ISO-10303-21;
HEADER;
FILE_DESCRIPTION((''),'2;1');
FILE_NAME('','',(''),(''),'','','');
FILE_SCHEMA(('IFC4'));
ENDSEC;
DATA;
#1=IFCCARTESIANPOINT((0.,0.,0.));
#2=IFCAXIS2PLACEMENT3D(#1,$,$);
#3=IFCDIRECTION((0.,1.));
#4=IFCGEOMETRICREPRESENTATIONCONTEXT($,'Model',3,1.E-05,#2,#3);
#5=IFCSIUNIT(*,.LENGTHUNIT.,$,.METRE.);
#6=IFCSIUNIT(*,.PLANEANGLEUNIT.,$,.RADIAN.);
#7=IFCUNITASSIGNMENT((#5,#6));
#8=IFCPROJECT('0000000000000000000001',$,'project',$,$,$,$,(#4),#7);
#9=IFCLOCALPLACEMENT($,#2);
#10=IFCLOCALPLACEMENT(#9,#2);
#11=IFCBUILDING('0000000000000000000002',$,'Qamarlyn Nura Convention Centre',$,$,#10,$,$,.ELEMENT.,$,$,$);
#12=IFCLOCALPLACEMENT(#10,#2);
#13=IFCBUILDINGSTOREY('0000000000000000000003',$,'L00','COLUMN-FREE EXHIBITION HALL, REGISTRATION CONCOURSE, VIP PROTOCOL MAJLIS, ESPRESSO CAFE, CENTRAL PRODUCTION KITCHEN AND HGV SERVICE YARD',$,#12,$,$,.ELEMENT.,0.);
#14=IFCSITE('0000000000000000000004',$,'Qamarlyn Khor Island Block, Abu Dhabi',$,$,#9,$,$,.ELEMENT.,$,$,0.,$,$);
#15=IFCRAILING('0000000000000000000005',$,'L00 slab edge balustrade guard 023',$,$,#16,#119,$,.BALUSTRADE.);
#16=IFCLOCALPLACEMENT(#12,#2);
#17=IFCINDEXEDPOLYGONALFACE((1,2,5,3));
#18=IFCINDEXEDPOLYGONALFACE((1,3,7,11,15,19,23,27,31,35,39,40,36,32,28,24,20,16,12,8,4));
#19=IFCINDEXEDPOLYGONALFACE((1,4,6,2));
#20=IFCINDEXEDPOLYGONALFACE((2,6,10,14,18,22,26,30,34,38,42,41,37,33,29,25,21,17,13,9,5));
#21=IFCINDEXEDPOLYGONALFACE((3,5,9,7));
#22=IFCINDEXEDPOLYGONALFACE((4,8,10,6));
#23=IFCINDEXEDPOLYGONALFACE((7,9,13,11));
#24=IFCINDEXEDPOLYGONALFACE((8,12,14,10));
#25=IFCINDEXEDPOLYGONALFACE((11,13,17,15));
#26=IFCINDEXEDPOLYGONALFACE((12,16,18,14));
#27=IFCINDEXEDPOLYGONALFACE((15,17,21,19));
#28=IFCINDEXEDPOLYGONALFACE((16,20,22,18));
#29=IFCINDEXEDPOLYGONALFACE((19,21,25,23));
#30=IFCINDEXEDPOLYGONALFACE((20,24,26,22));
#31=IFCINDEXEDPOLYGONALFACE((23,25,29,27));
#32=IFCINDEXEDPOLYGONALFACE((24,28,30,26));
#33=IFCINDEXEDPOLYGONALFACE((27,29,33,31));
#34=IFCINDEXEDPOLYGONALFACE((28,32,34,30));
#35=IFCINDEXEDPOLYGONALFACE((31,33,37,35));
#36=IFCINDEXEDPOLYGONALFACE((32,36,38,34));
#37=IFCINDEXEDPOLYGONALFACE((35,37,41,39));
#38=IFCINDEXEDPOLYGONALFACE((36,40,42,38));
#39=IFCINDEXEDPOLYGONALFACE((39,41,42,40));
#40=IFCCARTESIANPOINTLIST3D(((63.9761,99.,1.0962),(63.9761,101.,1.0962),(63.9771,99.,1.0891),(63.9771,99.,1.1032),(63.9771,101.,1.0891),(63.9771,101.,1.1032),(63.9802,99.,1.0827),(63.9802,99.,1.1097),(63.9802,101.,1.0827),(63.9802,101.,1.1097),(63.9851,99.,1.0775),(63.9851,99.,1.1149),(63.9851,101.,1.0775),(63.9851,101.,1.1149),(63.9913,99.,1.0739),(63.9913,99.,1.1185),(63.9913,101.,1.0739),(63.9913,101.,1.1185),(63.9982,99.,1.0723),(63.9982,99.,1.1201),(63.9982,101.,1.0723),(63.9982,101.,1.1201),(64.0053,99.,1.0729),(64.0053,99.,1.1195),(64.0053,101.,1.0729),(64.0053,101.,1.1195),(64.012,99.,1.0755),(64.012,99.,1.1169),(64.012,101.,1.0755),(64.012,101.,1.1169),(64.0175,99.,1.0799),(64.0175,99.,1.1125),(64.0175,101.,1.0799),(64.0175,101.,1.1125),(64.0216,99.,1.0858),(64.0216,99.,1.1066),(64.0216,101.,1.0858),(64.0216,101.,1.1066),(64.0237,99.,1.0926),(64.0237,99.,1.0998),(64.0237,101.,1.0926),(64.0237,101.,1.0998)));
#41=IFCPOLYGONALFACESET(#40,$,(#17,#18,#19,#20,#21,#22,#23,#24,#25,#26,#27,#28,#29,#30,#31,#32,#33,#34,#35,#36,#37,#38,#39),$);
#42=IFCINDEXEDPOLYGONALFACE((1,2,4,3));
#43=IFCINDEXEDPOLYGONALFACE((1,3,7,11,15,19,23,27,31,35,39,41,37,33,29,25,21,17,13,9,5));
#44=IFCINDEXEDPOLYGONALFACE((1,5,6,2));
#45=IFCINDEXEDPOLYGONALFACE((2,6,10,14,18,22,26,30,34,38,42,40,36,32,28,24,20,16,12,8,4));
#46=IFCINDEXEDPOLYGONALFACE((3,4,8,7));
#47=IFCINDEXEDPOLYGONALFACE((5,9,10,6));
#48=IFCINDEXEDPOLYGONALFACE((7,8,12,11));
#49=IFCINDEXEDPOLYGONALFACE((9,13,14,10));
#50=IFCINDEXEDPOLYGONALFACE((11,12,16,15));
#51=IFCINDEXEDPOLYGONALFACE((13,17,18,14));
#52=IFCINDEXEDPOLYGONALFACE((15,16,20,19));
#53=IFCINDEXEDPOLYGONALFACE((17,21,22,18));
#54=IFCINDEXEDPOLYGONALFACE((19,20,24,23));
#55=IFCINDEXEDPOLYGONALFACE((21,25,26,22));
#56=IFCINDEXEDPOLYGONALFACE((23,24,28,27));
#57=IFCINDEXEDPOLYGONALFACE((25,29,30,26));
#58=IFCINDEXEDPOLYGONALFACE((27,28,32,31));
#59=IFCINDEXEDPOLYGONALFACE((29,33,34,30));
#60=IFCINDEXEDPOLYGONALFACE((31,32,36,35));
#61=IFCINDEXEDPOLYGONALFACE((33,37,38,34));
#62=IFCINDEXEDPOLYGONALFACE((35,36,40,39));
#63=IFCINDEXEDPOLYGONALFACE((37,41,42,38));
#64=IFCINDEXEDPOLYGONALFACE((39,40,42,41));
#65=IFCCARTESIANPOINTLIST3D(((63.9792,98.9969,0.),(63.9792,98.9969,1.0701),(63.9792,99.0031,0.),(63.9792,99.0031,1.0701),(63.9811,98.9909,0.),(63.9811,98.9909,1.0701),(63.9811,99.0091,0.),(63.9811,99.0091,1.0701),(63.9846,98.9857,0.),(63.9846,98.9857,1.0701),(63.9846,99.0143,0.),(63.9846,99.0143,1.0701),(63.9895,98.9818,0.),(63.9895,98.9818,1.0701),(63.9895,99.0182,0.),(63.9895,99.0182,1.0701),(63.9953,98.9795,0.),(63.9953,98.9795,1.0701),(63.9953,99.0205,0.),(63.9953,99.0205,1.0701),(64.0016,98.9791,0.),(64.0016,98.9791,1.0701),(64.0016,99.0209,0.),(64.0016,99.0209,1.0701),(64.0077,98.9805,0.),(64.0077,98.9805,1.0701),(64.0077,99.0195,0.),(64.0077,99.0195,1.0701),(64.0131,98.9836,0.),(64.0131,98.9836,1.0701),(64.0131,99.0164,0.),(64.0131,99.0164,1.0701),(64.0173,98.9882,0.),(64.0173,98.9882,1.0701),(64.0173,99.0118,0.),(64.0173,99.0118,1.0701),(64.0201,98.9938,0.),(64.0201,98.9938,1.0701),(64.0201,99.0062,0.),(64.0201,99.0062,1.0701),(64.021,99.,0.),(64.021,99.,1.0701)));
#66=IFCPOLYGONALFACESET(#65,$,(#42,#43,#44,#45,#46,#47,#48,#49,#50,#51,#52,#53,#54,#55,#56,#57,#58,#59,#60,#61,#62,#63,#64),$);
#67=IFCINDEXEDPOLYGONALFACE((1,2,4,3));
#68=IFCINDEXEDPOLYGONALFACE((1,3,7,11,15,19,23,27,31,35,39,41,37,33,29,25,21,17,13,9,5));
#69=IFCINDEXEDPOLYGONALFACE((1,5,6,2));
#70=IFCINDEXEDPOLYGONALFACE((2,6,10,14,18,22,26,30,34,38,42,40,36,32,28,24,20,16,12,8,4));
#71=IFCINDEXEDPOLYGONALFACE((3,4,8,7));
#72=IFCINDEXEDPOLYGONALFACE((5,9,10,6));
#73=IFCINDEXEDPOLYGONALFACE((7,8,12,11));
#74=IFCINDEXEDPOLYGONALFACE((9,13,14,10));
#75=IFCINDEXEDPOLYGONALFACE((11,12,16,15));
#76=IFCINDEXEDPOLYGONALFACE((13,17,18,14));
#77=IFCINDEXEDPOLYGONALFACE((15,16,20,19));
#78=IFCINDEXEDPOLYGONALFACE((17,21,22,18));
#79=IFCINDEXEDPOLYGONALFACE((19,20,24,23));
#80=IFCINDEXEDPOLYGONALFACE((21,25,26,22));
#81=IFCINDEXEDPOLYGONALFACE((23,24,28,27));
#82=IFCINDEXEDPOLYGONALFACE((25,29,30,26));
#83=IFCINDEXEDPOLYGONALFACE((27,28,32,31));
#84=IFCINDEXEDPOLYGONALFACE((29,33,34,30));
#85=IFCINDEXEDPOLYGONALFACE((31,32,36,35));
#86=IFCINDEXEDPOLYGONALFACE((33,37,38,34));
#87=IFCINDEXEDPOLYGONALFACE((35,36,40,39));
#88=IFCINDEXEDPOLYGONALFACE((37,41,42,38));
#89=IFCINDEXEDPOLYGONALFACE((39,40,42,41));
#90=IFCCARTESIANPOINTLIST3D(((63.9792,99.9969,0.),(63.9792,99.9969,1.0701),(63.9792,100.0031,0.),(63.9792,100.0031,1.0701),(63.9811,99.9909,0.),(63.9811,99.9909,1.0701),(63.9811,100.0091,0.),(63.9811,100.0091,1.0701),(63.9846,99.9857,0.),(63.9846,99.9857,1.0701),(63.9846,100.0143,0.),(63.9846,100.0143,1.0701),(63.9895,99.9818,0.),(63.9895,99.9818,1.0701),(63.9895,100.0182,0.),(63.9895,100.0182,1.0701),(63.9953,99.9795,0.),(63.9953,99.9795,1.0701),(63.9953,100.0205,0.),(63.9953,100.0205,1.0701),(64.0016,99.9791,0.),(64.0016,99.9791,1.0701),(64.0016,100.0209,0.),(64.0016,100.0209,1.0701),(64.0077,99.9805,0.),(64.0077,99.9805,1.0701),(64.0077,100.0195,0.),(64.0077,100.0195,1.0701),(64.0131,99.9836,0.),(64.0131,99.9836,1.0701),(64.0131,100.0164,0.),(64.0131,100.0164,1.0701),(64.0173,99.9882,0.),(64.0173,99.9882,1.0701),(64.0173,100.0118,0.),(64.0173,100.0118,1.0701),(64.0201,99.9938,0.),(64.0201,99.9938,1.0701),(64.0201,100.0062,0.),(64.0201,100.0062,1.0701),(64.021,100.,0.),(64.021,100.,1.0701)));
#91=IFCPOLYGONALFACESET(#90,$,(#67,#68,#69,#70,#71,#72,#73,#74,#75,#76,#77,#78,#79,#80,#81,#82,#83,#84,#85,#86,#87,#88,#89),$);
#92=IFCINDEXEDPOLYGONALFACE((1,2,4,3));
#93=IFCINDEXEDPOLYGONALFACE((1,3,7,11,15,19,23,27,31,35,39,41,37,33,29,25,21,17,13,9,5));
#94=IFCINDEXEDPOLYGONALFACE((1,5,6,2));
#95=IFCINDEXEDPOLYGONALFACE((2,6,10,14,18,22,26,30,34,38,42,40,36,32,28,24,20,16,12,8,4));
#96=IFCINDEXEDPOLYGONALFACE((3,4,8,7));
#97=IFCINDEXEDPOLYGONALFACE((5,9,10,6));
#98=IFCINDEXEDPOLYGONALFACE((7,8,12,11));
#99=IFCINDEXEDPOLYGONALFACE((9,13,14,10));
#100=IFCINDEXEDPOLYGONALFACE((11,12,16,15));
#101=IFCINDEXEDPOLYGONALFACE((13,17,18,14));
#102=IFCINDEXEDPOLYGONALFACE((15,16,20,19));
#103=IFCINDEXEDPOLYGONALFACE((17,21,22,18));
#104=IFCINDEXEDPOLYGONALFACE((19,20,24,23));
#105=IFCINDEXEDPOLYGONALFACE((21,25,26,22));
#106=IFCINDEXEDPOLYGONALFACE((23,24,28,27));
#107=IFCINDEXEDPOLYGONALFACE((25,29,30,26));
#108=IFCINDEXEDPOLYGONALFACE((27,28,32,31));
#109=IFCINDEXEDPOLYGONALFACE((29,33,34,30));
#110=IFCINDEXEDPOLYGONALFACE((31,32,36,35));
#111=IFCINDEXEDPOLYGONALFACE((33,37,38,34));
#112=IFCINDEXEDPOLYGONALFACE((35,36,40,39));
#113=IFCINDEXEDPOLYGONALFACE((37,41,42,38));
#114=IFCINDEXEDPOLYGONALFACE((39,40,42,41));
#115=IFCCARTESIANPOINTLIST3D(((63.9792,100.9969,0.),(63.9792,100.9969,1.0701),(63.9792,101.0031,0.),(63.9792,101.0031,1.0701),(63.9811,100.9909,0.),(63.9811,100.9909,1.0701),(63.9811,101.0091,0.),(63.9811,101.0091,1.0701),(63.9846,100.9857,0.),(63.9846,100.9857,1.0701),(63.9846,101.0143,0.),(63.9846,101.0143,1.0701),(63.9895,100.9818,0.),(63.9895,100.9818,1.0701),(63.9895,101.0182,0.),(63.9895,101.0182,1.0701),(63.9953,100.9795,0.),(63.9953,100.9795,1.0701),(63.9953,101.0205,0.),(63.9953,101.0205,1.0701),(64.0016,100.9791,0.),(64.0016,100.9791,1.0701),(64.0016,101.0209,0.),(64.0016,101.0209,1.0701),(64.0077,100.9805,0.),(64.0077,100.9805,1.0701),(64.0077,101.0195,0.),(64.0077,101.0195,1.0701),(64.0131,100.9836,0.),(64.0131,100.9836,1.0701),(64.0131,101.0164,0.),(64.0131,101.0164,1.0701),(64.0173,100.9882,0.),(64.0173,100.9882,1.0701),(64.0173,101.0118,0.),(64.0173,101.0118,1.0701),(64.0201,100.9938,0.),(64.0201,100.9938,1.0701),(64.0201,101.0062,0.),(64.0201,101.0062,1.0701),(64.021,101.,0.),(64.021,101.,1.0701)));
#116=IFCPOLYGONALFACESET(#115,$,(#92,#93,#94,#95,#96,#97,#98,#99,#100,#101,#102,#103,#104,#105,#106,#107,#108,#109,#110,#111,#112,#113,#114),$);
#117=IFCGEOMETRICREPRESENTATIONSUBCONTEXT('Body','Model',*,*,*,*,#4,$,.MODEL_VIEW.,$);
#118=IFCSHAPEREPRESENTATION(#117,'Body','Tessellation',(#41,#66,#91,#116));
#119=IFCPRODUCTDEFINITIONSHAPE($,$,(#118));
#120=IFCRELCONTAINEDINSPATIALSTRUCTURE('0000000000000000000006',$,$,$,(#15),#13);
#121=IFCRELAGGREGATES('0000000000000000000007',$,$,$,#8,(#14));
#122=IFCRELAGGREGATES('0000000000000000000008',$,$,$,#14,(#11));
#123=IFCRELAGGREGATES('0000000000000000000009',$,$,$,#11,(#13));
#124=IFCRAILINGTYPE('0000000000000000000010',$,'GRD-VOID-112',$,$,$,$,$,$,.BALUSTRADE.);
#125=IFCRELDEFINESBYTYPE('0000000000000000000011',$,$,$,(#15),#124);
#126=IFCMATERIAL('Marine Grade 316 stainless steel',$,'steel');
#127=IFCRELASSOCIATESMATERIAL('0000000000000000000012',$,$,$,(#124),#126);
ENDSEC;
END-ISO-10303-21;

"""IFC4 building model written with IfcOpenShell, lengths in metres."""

from ifc_helpers import new_model, si_unit, direction, frame, origin, origin_2d, place, context, subcontext, project, spatial, circle, extrude, material, type_object, element, save


model = new_model("IFC4")

# Units and contexts
model_context = context("Model", 3, precision=1e-05, world=origin(), true_north=direction((0.0, 1.0)))
body_context = subcontext(model_context, "Body", "Model", "MODEL_VIEW")
ifc_project = project(units=[si_unit("LENGTHUNIT", "METRE"), si_unit("PLANEANGLEUNIT", "RADIAN")], contexts=[model_context])

# Site, building, storey
site_placement = place(None, origin())
site = spatial("IfcSite", under=ifc_project, at=site_placement, Name="Qamarlyn Khor Island Block, Abu Dhabi", CompositionType="ELEMENT", RefElevation=0.0)
building_placement = place(site_placement, origin())
building = spatial("IfcBuilding", under=site, at=building_placement, Name="Qamarlyn Nura Convention Centre", CompositionType="ELEMENT")
storey_placement = place(building_placement, origin())
storey = spatial("IfcBuildingStorey", under=building, at=storey_placement, Name="L00", Description="COLUMN-FREE EXHIBITION HALL, REGISTRATION CONCOURSE, VIP PROTOCOL MAJLIS, ESPRESSO CAFE, CENTRAL PRODUCTION KITCHEN AND HGV SERVICE YARD", CompositionType="ELEMENT", Elevation=0.0)

# Railing
ifc_material_1 = material(Name="Marine Grade 316 stainless steel", Category="steel")
railing_type_1 = type_object("IfcRailingType", Name="GRD-VOID-112", PredefinedType="BALUSTRADE", material=ifc_material_1)
railing_1_placement = place(storey_placement, frame((64.0, 99.0, 0.0)))
element("IfcRailing", 1, at=railing_1_placement, inside=storey, type_object=railing_type_1, Name="L00 slab edge balustrade guard 023", PredefinedType="BALUSTRADE", context=body_context, shape_type="SweptSolid", body=[
    extrude(circle(Radius=0.0239, at=origin_2d()), frame((0.0, 0.0, 1.0962), z_axis=(0.0, 1.0, 0.0), x_axis=(-1.0, 0.0, 0.0)), (0.0, 0.0, 1.0), 2.0),
    extrude(circle(Radius=0.021, at=origin_2d()), origin(), (0.0, 0.0, 1.0), 1.0701),
    extrude(circle(Radius=0.021, at=origin_2d()), frame((0.0, 1.0, 0.0)), (0.0, 0.0, 1.0), 1.0701),
    extrude(circle(Radius=0.021, at=origin_2d()), frame((0.0, 2.0, 0.0)), (0.0, 0.0, 1.0), 1.0701),
])

save(model, "model.ifc")
